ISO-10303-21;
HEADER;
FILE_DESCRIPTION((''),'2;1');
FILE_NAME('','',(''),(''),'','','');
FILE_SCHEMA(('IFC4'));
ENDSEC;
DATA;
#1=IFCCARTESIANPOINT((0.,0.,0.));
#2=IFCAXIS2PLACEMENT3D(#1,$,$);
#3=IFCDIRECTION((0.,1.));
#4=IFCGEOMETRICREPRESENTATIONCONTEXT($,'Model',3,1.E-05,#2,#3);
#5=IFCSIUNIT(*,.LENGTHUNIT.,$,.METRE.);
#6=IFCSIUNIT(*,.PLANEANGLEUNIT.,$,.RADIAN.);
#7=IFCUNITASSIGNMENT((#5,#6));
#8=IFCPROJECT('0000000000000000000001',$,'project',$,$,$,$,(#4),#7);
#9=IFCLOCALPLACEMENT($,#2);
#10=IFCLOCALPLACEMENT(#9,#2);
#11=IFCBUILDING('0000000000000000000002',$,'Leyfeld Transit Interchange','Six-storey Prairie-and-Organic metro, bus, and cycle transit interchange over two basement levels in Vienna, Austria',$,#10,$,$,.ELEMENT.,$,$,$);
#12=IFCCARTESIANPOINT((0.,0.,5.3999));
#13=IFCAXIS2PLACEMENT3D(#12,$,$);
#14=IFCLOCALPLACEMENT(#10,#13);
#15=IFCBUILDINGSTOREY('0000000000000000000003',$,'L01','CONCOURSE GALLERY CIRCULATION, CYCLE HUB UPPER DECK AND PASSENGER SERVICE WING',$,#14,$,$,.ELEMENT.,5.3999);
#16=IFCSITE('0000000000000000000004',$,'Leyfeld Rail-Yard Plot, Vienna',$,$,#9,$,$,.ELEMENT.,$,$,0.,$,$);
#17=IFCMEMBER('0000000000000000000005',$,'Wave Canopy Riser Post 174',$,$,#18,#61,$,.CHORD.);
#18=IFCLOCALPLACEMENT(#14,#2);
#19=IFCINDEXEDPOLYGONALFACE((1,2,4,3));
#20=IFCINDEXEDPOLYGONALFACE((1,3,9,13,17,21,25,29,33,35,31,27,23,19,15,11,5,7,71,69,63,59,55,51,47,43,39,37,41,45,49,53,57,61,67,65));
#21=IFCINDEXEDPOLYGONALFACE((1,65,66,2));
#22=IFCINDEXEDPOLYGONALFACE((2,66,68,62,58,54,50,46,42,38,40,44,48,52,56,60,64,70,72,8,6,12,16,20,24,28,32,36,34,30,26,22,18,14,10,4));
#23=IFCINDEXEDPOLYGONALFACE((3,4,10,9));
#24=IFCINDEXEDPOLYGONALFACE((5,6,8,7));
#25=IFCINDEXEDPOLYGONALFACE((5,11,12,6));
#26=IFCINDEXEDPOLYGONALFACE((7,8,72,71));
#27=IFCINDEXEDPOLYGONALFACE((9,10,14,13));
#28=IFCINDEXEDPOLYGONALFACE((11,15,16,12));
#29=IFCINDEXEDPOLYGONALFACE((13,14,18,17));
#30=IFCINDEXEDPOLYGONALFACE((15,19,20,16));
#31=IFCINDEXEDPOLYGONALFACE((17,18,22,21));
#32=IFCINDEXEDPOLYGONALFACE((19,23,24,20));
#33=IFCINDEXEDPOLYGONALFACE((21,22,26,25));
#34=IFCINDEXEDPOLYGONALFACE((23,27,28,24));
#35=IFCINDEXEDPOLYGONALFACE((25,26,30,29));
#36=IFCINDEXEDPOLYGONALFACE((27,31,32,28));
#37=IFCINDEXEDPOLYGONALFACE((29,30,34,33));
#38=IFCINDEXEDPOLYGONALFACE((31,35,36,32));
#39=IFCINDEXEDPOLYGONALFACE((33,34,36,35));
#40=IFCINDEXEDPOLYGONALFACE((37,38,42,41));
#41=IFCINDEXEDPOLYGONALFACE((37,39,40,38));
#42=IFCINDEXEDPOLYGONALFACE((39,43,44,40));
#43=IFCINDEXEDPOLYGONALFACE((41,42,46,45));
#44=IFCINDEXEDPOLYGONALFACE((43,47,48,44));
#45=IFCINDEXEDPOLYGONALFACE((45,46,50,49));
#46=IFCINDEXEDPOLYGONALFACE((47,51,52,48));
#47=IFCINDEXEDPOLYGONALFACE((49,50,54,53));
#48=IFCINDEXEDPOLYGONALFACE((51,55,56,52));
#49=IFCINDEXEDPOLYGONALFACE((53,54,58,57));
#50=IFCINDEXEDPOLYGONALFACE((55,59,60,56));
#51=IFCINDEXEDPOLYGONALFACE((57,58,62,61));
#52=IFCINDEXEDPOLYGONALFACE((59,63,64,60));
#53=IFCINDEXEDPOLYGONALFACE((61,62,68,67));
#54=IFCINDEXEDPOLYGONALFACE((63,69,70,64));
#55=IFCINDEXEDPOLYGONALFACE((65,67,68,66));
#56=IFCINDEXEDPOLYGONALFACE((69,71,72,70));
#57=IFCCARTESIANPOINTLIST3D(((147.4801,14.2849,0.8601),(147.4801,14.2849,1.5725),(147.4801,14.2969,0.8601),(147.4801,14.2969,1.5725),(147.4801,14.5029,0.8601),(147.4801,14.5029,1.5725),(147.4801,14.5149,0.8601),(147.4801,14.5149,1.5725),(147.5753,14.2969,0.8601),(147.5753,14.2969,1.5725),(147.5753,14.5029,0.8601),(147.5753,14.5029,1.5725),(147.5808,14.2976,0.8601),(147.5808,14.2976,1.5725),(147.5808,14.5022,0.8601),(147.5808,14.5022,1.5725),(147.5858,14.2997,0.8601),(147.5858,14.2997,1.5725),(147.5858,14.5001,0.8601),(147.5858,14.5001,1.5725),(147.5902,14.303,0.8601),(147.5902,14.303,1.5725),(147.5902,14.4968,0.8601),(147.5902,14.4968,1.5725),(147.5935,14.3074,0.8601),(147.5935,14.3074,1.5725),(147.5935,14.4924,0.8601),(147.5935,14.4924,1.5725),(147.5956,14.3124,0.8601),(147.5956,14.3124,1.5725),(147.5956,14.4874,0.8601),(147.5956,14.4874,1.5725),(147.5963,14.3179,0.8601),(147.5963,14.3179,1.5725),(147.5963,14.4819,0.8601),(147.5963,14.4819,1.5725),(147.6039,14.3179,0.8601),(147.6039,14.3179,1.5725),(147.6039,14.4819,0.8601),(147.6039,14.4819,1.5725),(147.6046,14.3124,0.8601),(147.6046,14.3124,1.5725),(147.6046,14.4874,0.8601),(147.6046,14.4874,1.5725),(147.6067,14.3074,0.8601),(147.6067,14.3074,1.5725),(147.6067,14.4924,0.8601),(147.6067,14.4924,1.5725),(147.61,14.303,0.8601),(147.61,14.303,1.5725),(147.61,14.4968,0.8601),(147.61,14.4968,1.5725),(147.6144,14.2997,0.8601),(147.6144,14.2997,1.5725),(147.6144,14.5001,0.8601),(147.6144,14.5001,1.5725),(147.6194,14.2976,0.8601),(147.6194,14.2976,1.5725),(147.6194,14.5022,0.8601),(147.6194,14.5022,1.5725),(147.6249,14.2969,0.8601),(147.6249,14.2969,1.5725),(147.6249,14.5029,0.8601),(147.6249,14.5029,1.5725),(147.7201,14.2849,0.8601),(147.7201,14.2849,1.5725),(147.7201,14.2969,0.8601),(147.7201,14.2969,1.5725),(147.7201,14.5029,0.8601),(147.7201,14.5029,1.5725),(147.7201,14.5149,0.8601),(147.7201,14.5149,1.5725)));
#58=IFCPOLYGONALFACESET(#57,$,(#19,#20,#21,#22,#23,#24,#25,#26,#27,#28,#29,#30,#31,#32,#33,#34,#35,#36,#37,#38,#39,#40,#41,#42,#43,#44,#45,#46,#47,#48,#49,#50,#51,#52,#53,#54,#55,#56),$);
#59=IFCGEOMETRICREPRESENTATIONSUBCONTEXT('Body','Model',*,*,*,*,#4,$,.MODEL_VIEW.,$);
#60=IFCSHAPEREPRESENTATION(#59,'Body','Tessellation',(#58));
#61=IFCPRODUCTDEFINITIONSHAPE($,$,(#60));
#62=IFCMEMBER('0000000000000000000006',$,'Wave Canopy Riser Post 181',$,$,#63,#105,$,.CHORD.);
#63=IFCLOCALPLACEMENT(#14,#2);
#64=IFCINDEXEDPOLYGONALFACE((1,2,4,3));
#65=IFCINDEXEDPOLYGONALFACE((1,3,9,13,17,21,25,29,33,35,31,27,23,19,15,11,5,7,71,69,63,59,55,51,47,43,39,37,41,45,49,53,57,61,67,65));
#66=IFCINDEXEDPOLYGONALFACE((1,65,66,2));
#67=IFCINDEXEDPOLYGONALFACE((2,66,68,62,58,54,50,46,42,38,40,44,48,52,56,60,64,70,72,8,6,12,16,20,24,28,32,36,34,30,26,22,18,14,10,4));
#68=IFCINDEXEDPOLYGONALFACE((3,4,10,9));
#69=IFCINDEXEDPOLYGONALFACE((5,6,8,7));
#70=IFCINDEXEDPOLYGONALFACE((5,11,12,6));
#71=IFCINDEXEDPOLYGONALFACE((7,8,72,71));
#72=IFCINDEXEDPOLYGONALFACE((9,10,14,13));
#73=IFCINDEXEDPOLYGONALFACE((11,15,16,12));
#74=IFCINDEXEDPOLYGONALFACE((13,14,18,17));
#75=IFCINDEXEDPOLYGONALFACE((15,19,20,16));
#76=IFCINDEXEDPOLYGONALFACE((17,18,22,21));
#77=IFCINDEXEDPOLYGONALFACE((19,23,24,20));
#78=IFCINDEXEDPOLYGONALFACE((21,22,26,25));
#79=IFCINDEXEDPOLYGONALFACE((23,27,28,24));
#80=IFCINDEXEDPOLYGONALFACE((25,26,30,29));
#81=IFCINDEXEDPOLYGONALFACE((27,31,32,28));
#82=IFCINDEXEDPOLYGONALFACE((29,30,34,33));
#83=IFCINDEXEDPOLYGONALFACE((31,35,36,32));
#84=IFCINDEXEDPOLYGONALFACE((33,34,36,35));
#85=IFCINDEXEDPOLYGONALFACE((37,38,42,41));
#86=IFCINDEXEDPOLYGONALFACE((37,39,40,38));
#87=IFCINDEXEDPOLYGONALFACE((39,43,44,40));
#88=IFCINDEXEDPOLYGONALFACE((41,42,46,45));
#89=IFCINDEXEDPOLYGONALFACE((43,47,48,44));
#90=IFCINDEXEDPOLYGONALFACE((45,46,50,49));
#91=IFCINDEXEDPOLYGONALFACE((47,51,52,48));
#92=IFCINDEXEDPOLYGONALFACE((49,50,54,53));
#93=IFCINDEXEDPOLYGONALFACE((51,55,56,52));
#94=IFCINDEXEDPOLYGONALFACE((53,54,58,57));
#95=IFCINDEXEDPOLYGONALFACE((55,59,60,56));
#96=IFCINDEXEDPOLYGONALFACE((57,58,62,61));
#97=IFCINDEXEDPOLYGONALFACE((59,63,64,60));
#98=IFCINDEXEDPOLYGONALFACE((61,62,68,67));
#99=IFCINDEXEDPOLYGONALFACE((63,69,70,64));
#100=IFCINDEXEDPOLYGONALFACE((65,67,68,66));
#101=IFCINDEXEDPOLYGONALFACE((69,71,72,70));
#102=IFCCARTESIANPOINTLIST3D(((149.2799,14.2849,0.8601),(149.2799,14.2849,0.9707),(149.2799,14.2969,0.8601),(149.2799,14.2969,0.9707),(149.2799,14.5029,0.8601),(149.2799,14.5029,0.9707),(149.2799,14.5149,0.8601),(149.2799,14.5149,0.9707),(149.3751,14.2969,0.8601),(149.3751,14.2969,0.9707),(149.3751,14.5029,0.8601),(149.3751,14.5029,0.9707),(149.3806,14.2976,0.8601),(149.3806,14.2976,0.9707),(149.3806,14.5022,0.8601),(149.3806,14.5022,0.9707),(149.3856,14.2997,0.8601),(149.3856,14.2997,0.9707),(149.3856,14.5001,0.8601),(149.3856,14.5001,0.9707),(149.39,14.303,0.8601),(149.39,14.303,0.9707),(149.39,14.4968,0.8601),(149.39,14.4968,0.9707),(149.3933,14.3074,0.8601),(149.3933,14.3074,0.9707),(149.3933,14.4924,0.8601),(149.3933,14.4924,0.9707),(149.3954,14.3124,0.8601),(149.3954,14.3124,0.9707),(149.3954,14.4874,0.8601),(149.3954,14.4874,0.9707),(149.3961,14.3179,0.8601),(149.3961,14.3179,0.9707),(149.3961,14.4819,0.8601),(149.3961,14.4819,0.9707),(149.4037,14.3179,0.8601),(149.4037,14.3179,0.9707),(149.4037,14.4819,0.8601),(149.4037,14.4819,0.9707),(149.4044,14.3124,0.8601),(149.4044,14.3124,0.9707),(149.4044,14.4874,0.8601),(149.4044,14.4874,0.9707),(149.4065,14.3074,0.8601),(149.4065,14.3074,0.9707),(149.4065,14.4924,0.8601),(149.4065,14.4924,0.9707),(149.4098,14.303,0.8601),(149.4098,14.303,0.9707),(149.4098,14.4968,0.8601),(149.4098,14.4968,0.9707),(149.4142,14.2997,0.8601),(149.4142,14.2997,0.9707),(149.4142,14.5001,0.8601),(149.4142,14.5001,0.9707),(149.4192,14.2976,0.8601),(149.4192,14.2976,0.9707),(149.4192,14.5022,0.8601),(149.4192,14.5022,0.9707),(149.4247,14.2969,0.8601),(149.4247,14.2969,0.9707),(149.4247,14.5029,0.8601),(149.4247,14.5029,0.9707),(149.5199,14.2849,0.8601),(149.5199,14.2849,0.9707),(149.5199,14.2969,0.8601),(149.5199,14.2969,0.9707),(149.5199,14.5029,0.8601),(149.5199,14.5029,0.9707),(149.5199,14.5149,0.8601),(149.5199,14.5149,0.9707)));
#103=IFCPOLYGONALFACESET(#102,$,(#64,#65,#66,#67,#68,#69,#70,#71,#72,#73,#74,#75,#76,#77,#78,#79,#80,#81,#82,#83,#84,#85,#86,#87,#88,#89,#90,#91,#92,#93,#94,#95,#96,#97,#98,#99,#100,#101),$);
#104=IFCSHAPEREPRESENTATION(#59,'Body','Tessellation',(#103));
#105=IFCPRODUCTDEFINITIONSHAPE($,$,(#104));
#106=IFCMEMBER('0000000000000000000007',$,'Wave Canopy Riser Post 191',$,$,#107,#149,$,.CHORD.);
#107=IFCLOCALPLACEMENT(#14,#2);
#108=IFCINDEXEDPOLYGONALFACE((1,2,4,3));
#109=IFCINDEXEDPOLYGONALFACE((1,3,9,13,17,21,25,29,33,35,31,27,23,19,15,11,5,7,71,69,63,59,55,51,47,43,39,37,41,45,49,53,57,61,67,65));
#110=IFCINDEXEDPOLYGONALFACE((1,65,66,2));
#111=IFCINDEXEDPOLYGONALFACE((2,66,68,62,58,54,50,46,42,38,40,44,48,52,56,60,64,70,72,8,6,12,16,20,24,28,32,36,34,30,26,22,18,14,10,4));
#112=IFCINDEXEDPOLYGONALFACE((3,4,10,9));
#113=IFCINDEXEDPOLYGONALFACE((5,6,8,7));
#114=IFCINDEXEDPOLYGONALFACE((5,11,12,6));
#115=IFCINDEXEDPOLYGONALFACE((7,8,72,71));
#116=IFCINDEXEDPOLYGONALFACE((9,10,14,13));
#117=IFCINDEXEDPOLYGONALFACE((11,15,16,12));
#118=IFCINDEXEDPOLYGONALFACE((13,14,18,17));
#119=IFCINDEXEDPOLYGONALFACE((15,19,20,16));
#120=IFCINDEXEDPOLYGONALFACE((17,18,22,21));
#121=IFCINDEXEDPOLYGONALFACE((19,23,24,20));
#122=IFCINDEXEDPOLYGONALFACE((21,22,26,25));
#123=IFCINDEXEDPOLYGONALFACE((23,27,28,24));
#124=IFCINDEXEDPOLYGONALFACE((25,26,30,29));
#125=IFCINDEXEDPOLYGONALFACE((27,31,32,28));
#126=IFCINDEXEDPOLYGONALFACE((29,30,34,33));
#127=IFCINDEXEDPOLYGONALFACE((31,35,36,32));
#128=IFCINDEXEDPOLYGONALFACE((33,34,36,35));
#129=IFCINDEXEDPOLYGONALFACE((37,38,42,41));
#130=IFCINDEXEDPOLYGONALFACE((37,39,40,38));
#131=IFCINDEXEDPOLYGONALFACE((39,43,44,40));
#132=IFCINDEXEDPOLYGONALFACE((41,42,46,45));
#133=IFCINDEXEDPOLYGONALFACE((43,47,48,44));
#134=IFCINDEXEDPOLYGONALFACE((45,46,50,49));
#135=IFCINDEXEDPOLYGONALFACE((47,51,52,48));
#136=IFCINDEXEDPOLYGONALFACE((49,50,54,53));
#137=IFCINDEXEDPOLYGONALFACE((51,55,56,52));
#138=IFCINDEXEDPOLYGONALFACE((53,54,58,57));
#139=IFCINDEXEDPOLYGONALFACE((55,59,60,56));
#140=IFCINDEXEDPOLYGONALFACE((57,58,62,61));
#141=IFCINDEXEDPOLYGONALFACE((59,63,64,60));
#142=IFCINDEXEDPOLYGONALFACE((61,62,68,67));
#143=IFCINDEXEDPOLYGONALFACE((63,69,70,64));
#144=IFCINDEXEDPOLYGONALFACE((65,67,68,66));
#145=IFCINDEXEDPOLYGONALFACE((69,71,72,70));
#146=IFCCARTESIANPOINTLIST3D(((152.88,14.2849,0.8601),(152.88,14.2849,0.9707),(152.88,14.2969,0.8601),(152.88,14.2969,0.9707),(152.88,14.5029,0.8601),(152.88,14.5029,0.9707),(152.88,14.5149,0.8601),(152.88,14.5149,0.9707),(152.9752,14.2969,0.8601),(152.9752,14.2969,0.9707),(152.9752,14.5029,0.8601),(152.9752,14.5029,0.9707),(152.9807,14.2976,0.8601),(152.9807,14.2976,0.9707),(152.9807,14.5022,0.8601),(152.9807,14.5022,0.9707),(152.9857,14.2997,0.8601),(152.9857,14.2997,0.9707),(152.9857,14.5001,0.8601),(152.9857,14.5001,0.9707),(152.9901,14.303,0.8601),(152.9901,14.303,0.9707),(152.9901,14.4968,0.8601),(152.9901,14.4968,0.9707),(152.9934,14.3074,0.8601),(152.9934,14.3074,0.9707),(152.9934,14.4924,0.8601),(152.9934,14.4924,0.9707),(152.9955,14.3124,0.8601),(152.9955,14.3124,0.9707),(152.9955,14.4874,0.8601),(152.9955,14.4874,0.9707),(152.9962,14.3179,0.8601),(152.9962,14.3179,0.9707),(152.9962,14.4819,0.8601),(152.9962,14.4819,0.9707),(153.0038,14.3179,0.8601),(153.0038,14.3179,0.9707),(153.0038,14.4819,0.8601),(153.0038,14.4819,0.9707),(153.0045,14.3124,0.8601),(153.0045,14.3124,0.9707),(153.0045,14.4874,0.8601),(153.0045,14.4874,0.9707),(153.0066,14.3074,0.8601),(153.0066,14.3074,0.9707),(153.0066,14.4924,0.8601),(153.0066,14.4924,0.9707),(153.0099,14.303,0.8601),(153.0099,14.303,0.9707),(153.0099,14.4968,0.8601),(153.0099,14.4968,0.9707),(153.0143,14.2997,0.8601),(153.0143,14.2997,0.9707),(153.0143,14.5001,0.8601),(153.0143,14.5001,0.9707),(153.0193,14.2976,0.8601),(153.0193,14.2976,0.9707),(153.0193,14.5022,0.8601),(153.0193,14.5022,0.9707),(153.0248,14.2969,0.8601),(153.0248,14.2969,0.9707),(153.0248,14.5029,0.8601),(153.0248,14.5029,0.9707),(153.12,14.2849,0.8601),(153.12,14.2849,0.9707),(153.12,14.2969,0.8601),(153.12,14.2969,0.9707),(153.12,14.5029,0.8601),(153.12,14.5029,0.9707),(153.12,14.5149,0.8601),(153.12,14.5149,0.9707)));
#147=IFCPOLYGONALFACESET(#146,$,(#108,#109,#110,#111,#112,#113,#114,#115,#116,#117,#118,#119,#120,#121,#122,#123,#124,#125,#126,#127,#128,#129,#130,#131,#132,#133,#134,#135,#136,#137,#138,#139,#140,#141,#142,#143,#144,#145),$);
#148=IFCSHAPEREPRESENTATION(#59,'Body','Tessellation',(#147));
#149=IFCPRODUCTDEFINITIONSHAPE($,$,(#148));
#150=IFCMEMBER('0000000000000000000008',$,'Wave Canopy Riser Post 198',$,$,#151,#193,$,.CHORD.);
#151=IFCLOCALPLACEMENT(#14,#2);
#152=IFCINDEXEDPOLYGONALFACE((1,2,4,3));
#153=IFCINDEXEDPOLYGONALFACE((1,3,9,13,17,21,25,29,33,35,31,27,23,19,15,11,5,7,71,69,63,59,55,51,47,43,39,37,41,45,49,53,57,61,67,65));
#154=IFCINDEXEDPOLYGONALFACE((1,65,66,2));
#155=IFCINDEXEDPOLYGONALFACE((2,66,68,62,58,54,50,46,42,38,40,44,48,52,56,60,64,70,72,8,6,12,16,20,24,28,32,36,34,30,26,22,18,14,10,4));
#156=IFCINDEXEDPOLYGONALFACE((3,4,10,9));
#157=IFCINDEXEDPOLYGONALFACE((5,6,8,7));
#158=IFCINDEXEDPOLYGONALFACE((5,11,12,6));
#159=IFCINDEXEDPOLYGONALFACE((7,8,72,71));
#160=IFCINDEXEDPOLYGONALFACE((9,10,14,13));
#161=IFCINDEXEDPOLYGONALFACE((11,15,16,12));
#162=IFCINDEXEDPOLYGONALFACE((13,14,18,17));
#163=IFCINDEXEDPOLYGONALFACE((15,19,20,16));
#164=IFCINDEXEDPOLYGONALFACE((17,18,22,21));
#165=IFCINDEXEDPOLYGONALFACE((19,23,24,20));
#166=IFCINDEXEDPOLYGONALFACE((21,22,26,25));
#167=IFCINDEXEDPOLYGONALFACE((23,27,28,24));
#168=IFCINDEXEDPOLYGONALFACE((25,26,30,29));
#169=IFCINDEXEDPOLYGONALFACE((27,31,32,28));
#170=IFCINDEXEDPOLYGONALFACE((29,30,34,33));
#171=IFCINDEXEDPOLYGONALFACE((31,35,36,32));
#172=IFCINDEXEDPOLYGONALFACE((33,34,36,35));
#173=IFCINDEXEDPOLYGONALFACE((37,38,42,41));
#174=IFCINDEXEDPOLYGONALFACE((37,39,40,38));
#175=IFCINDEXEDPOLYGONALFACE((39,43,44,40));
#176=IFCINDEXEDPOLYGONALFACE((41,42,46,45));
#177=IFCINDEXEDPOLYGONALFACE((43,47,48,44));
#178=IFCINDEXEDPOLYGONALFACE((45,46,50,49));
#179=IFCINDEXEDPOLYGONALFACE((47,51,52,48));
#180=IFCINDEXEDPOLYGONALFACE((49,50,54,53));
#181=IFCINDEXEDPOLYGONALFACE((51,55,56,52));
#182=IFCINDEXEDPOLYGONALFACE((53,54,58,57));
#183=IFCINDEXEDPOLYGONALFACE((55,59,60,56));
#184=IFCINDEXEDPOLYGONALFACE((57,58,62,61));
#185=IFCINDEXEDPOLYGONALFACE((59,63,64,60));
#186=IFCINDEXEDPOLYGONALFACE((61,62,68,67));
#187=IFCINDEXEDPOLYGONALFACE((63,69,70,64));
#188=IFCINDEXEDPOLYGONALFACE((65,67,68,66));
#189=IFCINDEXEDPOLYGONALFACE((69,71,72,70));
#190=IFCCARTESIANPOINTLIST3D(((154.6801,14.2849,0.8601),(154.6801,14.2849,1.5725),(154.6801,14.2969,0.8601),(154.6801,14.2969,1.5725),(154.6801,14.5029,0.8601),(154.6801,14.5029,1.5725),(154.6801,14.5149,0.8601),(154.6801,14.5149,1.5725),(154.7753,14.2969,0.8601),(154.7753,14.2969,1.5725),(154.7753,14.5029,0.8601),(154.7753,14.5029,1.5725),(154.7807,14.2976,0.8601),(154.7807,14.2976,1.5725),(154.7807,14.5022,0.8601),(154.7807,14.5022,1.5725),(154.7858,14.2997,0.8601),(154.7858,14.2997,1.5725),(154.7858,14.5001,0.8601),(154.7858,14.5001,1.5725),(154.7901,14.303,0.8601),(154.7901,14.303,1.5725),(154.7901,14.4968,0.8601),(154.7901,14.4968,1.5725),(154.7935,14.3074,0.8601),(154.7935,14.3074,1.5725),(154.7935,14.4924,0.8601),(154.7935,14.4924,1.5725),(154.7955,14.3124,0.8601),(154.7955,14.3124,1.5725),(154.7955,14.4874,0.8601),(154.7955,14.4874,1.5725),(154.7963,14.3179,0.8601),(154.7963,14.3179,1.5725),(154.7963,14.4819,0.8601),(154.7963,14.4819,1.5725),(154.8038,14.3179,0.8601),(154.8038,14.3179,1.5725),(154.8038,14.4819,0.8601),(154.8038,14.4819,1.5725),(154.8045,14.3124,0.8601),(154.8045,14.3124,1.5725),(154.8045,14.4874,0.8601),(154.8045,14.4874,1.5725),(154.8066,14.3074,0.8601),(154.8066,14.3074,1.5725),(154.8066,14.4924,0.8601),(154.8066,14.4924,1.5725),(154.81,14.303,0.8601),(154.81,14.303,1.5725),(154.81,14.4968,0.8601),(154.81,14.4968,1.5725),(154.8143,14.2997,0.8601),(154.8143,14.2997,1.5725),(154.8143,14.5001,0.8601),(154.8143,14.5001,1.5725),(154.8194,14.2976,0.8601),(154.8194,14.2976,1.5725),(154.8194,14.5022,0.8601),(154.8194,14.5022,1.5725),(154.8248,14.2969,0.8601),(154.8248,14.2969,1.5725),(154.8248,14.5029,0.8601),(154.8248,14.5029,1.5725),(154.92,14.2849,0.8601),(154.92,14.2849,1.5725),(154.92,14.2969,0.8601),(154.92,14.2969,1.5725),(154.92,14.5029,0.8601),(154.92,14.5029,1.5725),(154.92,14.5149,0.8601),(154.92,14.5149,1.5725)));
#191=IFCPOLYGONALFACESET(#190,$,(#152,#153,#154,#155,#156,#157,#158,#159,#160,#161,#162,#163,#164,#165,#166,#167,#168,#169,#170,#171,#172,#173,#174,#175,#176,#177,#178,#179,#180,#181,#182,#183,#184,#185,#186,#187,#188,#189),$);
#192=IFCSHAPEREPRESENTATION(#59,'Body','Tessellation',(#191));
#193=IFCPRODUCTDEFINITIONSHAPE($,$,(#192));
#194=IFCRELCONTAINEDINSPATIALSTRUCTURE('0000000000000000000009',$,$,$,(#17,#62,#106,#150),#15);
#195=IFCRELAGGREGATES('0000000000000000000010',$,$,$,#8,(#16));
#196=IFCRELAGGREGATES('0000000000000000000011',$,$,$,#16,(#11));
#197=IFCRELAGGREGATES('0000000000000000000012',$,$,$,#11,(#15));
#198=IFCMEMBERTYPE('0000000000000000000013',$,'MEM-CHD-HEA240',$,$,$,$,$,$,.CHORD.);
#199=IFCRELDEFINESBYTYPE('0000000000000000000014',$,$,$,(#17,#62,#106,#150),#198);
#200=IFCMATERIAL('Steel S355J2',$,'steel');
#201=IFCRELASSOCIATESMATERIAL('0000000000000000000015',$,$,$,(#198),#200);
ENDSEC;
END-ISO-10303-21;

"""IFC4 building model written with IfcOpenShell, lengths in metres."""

from ifc_helpers import new_model, si_unit, direction, frame, origin, origin_2d, place, context, subcontext, project, spatial, i_section, extrude, material, material_profile, profile_set, type_object, element, save


model = new_model("IFC4")

# Units and contexts
model_context = context("Model", 3, precision=1e-05, world=origin(), true_north=direction((0.0, 1.0)))
body_context = subcontext(model_context, "Body", "Model", "MODEL_VIEW")
ifc_project = project(units=[si_unit("LENGTHUNIT", "METRE"), si_unit("PLANEANGLEUNIT", "RADIAN")], contexts=[model_context])

# Site, building, storey
site_placement = place(None, origin())
site = spatial("IfcSite", under=ifc_project, at=site_placement, Name="Leyfeld Rail-Yard Plot, Vienna", CompositionType="ELEMENT", RefElevation=0.0)
building_placement = place(site_placement, origin())
building = spatial("IfcBuilding", under=site, at=building_placement, Name="Leyfeld Transit Interchange", Description="Six-storey Prairie-and-Organic metro, bus, and cycle transit interchange over two basement levels in Vienna, Austria", CompositionType="ELEMENT")
storey_placement = place(building_placement, frame((0.0, 0.0, 5.3999)))
storey = spatial("IfcBuildingStorey", under=building, at=storey_placement, Name="L01", Description="CONCOURSE GALLERY CIRCULATION, CYCLE HUB UPPER DECK AND PASSENGER SERVICE WING", CompositionType="ELEMENT", Elevation=5.3999)

# Members
ifc_material = material(Name="Steel S355J2", Category="steel")
ifc_material_profile_1 = material_profile(ifc_material, i_section(OverallWidth=0.24, OverallDepth=0.23, WebThickness=0.0076, FlangeThickness=0.012, FilletRadius=0.021, at=origin_2d()), Name="HEA 240")
ifc_profile_set_1 = profile_set([ifc_material_profile_1], Name="Steel S355J2")
member_type_1 = type_object("IfcMemberType", Name="MEM-CHD-HEA240", PredefinedType="CHORD", material=ifc_profile_set_1)
member_1_placement = place(storey_placement, frame((147.6001, 14.3999, 0.8601), z_axis=(0.0, 0.0, 1.0), x_axis=(1.0, 0.0, 0.0)))
element("IfcMember", 1, at=member_1_placement, inside=storey, type_object=member_type_1, Name="Wave Canopy Riser Post 174", PredefinedType="CHORD", context=body_context, shape_type="SweptSolid", body=[
    extrude(i_section(OverallWidth=0.24, OverallDepth=0.23, WebThickness=0.0076, FlangeThickness=0.012, FilletRadius=0.021, at=origin_2d()), origin(), (0.0, 0.0, 1.0), 0.7124),
])
for number, where, z_axis, x_axis, name in (
    (2, (149.3999, 14.3999, 0.8601), (0.0, 0.0, 1.0), (1.0, 0.0, 0.0), "Wave Canopy Riser Post 181"),
    (3, (153.0, 14.3999, 0.8601), (0.0, 0.0, 1.0), (1.0, 0.0, 0.0), "Wave Canopy Riser Post 191"),
):
    element("IfcMember", number, at=place(storey_placement, frame(where, z_axis=z_axis, x_axis=x_axis)), inside=storey, type_object=member_type_1, Name=name, PredefinedType="CHORD", context=body_context, shape_type="SweptSolid", body=[
        extrude(i_section(OverallWidth=0.24, OverallDepth=0.23, WebThickness=0.0076, FlangeThickness=0.012, FilletRadius=0.021, at=origin_2d()), origin(), (0.0, 0.0, 1.0), 0.1106),
    ])
member_2_placement = place(storey_placement, frame((154.8, 14.3999, 0.8601), z_axis=(0.0, 0.0, 1.0), x_axis=(1.0, 0.0, 0.0)))
element("IfcMember", 4, at=member_2_placement, inside=storey, type_object=member_type_1, Name="Wave Canopy Riser Post 198", PredefinedType="CHORD", context=body_context, shape_type="SweptSolid", body=[
    extrude(i_section(OverallWidth=0.24, OverallDepth=0.23, WebThickness=0.0076, FlangeThickness=0.012, FilletRadius=0.021, at=origin_2d()), origin(), (0.0, 0.0, 1.0), 0.7124),
])

save(model, "model.ifc")
